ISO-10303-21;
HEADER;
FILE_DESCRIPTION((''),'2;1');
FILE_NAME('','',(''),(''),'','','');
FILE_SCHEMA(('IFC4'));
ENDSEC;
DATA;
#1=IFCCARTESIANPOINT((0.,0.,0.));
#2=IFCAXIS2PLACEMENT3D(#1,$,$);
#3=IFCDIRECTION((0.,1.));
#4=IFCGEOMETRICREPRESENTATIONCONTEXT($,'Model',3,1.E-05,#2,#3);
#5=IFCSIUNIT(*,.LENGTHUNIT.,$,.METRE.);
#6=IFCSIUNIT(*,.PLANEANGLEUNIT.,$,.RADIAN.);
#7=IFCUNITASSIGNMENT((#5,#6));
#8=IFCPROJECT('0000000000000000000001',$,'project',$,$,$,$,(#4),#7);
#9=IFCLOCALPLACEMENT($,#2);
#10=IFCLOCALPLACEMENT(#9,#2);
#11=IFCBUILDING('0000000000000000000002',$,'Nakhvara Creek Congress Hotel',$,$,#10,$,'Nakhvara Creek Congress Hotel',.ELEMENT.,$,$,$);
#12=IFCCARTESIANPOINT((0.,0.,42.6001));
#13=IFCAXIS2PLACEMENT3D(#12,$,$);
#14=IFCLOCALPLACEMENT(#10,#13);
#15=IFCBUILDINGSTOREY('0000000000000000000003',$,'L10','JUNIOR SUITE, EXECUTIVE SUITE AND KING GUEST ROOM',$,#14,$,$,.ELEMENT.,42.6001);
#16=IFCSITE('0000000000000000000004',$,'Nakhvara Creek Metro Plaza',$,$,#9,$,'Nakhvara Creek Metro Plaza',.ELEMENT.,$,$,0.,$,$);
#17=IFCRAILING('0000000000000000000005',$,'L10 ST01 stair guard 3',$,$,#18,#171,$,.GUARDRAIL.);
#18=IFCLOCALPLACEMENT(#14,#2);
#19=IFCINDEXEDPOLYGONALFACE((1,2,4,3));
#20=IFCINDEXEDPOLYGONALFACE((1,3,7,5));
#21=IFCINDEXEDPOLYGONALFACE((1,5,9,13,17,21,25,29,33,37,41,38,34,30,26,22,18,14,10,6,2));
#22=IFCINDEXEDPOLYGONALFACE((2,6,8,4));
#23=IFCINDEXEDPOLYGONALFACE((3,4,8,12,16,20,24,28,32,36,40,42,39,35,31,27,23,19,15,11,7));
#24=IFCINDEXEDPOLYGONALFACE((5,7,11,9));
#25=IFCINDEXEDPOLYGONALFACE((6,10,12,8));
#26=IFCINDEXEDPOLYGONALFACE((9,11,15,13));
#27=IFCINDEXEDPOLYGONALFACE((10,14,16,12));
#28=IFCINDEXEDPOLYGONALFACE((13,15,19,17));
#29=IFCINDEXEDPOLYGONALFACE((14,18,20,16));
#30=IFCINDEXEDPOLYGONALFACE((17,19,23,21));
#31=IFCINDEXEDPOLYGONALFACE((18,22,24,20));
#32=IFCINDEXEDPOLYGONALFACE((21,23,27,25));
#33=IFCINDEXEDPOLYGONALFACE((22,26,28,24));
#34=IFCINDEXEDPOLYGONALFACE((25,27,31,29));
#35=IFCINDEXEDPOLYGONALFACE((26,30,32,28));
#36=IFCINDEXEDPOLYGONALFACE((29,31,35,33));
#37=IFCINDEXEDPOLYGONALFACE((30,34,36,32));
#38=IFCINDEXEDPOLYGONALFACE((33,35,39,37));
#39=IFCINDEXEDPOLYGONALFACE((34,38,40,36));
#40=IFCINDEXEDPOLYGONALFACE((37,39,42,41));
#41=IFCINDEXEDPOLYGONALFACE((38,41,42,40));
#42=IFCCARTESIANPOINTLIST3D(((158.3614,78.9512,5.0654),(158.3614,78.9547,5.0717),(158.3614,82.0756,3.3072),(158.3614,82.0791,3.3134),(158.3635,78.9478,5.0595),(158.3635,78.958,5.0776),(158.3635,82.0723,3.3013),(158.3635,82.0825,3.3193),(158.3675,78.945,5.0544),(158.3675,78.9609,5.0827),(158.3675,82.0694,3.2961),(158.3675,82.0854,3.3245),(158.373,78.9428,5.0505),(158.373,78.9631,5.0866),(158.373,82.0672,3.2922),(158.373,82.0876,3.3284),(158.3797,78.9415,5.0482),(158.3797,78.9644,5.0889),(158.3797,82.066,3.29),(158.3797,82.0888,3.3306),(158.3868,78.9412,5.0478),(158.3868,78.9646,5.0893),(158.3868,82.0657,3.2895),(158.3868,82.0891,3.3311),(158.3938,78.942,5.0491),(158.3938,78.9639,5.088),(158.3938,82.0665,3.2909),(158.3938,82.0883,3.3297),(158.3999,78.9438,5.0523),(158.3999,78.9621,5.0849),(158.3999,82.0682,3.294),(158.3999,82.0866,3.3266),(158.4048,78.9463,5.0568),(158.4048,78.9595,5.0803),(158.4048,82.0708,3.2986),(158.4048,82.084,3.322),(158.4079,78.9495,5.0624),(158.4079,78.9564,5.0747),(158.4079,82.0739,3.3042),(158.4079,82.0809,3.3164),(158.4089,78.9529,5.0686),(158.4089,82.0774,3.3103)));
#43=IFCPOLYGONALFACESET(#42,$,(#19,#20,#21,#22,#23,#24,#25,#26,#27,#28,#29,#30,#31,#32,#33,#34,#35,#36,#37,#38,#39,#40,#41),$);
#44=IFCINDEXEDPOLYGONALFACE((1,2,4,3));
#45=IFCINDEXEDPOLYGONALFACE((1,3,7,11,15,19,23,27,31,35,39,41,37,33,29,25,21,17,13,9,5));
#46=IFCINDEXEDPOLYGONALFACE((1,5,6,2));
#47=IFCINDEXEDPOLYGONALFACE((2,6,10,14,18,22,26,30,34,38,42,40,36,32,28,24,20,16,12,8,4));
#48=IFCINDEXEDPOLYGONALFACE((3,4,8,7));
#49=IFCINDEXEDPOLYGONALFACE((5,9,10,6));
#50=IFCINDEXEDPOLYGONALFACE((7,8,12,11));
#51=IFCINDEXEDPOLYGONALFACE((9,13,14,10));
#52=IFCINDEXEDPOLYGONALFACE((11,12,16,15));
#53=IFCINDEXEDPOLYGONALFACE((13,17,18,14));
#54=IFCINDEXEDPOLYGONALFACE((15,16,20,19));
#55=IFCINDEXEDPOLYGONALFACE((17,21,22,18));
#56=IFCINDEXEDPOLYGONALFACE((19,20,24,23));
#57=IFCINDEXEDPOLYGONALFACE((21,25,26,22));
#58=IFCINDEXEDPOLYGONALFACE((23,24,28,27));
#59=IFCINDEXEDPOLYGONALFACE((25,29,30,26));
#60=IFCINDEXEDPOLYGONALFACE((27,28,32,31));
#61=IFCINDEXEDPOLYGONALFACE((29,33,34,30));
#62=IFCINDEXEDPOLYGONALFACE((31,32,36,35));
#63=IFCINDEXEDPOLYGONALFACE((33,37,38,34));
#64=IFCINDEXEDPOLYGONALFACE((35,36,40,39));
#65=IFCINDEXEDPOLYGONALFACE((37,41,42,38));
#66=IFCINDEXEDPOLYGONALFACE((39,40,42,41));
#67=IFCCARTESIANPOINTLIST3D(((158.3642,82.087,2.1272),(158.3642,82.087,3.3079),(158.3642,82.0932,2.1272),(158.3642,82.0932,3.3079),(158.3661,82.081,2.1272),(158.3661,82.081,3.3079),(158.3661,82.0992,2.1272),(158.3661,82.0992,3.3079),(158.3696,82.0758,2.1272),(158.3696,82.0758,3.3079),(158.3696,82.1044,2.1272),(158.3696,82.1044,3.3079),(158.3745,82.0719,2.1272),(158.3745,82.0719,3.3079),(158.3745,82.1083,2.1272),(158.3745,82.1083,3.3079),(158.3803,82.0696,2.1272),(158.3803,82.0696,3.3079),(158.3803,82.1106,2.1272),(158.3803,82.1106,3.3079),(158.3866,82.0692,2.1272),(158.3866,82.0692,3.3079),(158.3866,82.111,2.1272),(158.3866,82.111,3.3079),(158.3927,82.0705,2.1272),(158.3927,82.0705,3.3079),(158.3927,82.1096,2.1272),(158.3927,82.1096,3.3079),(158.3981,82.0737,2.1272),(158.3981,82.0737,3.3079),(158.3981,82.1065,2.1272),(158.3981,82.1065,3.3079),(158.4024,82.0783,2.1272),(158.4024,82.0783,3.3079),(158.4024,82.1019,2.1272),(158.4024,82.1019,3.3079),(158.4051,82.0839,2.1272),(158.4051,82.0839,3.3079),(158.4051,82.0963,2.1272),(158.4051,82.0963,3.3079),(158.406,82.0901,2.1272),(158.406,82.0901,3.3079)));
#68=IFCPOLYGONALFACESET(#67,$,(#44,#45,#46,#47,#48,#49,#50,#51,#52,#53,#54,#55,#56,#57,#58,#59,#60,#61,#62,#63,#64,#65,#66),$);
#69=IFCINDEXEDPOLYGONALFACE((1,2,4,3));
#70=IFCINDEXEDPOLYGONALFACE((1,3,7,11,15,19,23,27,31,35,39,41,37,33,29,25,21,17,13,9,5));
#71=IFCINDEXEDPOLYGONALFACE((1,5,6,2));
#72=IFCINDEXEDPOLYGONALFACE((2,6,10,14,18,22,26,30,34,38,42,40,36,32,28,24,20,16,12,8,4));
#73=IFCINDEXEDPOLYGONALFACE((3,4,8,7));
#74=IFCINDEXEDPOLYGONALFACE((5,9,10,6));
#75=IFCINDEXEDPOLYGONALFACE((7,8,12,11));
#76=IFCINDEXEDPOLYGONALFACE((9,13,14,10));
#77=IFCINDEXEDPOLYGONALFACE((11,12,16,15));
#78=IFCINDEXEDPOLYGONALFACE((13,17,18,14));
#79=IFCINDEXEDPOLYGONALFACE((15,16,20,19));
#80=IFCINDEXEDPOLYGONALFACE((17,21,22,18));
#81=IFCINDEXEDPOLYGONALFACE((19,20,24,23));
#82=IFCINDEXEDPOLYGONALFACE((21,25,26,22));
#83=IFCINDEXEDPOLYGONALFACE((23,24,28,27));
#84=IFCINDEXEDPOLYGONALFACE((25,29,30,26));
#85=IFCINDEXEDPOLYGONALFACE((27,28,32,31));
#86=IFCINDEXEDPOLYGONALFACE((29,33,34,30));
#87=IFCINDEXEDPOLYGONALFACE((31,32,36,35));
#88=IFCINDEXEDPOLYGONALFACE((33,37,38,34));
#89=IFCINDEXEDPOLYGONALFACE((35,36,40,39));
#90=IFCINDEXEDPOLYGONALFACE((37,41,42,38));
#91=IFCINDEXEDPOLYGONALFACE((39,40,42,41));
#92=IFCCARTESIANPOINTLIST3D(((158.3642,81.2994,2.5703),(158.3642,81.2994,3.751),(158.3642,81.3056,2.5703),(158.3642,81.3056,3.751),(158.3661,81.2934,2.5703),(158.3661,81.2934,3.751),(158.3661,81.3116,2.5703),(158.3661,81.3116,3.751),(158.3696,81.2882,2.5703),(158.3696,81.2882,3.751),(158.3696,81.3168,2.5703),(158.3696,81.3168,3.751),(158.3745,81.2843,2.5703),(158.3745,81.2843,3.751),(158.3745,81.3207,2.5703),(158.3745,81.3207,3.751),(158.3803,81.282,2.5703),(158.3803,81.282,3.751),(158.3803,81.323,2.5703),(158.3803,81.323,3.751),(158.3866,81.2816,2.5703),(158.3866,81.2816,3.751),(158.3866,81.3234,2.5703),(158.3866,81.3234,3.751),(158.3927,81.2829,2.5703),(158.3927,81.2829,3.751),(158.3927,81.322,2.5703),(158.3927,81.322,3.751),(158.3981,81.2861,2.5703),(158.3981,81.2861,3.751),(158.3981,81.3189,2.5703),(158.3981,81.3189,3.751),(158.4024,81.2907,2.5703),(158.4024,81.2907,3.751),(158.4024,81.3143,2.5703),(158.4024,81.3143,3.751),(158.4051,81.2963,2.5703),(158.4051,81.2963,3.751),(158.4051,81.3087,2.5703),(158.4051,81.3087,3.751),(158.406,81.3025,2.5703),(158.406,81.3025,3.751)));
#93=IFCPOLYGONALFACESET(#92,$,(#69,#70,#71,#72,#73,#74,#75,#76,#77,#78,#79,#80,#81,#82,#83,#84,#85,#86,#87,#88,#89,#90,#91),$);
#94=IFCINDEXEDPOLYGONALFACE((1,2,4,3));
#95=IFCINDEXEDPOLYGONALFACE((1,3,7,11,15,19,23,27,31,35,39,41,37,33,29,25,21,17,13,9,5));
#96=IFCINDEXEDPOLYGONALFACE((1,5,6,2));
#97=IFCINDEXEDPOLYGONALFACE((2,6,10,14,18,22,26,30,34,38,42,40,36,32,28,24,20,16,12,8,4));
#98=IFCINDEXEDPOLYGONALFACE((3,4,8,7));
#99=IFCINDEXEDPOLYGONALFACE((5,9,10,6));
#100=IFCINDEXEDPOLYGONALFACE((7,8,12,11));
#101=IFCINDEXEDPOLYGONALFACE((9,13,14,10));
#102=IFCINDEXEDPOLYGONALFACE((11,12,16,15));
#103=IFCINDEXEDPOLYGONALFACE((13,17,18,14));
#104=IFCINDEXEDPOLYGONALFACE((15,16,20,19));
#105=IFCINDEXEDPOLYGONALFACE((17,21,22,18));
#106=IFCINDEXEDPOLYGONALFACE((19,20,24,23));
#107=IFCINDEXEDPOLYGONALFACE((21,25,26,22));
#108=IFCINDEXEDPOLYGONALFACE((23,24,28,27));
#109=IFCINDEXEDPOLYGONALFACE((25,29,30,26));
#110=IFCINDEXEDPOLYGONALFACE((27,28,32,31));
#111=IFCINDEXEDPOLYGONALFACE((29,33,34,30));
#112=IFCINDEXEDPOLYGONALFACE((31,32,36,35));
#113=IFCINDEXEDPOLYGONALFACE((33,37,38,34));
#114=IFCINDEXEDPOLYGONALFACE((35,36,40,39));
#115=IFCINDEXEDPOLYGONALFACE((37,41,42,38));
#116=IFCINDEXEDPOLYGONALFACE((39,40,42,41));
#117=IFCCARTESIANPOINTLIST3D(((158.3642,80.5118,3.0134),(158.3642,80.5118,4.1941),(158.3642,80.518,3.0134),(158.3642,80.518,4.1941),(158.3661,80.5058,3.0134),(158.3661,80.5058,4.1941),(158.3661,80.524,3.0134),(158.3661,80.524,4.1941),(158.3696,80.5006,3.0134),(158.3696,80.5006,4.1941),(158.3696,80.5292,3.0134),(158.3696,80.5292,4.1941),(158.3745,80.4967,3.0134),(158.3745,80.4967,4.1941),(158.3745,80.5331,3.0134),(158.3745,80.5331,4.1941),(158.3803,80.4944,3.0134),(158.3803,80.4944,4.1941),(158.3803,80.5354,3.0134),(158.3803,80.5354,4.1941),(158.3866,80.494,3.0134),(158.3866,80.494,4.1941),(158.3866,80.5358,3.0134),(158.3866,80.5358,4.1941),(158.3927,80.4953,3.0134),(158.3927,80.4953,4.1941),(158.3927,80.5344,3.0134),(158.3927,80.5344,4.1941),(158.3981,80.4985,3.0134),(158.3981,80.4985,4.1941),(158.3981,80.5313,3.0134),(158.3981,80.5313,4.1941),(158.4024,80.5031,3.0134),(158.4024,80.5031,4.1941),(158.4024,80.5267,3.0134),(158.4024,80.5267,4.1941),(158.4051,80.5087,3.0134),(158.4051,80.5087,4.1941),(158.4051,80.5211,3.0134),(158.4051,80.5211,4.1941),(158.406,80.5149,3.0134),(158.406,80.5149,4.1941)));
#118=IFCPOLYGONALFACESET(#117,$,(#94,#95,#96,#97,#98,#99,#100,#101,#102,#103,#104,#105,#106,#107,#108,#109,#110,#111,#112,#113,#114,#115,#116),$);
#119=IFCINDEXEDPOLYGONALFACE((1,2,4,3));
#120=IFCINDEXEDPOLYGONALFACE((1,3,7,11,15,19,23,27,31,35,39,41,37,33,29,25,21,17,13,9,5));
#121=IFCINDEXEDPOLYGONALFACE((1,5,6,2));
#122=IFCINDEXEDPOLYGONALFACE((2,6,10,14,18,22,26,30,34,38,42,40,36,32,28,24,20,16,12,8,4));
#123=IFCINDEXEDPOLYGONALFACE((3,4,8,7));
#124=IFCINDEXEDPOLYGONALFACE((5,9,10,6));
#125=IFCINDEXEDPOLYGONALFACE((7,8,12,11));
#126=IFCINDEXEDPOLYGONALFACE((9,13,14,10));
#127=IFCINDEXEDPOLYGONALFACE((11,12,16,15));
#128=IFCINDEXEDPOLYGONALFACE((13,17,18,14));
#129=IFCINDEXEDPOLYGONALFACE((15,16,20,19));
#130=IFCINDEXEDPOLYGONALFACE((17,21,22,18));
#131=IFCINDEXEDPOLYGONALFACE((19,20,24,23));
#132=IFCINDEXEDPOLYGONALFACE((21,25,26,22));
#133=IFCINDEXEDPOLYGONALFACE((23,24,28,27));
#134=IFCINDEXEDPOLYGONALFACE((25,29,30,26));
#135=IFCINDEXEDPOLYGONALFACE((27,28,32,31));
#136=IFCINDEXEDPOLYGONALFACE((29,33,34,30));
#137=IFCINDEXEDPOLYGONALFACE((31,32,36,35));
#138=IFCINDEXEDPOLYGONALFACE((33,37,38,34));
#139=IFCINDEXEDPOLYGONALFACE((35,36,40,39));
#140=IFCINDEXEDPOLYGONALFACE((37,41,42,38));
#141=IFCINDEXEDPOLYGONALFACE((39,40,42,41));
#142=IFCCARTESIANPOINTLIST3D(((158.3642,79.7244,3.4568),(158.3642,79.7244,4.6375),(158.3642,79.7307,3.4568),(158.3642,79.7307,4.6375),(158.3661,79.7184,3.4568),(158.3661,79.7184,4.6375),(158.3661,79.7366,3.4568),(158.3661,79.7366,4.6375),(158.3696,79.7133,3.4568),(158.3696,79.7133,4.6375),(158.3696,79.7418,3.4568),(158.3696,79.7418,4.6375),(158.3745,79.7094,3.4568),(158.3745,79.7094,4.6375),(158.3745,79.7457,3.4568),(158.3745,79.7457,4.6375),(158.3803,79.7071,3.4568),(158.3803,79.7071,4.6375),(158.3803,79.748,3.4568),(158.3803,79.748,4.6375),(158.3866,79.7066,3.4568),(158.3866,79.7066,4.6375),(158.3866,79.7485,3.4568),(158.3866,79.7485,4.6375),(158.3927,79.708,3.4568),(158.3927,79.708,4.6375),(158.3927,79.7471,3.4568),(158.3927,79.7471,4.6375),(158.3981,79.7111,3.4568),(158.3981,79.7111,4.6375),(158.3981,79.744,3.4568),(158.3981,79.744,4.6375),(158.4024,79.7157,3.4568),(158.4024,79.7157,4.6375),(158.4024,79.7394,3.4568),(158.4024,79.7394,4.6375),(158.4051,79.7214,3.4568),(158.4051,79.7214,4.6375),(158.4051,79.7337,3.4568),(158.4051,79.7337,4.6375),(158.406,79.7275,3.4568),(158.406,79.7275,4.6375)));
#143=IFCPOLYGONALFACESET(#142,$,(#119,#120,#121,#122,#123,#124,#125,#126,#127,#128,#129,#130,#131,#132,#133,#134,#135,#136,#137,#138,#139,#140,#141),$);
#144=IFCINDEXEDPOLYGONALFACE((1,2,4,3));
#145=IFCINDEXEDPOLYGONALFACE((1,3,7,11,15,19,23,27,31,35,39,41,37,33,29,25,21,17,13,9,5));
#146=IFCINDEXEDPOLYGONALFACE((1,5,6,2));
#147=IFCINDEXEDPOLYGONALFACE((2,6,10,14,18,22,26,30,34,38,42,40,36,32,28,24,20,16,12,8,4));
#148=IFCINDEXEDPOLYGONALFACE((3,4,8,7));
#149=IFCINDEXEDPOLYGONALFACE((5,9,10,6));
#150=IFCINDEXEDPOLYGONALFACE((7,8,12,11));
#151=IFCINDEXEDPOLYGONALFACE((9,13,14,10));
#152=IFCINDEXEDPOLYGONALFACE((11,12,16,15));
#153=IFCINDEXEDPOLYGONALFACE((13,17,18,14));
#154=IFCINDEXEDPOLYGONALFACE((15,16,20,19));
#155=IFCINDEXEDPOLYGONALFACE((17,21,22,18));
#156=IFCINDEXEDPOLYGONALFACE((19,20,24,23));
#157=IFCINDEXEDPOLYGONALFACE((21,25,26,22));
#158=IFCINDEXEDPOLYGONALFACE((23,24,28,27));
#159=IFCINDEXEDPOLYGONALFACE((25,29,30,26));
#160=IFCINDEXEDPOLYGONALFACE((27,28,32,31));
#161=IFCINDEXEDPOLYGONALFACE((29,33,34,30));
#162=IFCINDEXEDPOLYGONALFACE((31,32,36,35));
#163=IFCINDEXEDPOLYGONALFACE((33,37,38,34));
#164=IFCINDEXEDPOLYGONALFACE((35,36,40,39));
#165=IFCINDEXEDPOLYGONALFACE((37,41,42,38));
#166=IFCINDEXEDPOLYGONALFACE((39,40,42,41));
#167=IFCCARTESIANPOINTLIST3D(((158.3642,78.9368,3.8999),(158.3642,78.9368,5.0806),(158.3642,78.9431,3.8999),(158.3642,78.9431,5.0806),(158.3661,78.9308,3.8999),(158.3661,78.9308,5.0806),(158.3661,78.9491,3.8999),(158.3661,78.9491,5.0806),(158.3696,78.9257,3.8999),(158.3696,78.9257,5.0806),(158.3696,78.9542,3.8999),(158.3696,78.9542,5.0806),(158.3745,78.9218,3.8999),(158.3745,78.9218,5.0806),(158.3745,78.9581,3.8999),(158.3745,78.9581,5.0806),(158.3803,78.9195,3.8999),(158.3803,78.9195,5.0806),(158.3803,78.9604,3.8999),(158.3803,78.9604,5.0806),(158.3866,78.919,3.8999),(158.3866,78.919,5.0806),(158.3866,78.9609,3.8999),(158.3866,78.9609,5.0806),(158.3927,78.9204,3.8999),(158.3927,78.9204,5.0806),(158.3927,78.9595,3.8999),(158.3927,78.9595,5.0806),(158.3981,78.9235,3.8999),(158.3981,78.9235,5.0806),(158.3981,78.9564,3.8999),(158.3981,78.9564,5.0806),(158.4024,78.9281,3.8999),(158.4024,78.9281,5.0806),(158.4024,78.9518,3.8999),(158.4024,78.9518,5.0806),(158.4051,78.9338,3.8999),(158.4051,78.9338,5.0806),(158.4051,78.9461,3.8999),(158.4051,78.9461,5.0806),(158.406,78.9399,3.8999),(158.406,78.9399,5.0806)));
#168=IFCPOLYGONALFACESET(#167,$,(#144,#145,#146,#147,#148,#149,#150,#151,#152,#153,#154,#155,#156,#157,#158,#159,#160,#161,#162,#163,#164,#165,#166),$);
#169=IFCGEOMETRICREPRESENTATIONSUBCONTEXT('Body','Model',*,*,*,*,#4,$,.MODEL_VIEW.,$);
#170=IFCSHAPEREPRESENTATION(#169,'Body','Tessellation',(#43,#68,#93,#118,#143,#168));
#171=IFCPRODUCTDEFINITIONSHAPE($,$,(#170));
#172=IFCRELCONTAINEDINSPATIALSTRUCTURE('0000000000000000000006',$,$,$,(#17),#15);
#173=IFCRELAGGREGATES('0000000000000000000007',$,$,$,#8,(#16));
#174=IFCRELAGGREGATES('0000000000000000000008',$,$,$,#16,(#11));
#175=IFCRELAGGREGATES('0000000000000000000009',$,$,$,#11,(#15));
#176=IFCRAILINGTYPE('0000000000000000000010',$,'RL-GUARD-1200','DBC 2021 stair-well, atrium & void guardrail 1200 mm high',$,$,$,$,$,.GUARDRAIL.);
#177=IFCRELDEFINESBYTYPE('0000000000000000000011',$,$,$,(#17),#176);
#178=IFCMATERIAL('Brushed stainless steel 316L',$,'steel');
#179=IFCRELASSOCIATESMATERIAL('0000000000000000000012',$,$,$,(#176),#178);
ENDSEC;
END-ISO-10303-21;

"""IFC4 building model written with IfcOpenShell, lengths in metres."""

from ifc_helpers import new_model, si_unit, direction, frame, origin, origin_2d, place, context, subcontext, project, spatial, circle, extrude, material, type_object, element, save


model = new_model("IFC4")

# Units and contexts
model_context = context("Model", 3, precision=1e-05, world=origin(), true_north=direction((0.0, 1.0)))
body_context = subcontext(model_context, "Body", "Model", "MODEL_VIEW")
ifc_project = project(units=[si_unit("LENGTHUNIT", "METRE"), si_unit("PLANEANGLEUNIT", "RADIAN")], contexts=[model_context])

# Site, building, storey
site_placement = place(None, origin())
site = spatial("IfcSite", under=ifc_project, at=site_placement, Name="Nakhvara Creek Metro Plaza", LongName="Nakhvara Creek Metro Plaza", CompositionType="ELEMENT", RefElevation=0.0)
building_placement = place(site_placement, origin())
building = spatial("IfcBuilding", under=site, at=building_placement, Name="Nakhvara Creek Congress Hotel", LongName="Nakhvara Creek Congress Hotel", CompositionType="ELEMENT")
storey_placement = place(building_placement, frame((0.0, 0.0, 42.6001)))
storey = spatial("IfcBuildingStorey", under=building, at=storey_placement, Name="L10", Description="JUNIOR SUITE, EXECUTIVE SUITE AND KING GUEST ROOM", CompositionType="ELEMENT", Elevation=42.6001)

# Railing
ifc_material_1 = material(Name="Brushed stainless steel 316L", Category="steel")
railing_type_1 = type_object("IfcRailingType", Name="RL-GUARD-1200", Description="DBC 2021 stair-well, atrium & void guardrail 1200 mm high", PredefinedType="GUARDRAIL", material=ifc_material_1)
railing_1_placement = place(storey_placement, frame((158.385, 82.0901, 2.1272)))
element("IfcRailing", 1, at=railing_1_placement, inside=storey, type_object=railing_type_1, Name="L10 ST01 stair guard 3", PredefinedType="GUARDRAIL", context=body_context, shape_type="SweptSolid", body=[
    extrude(circle(Radius=0.0239, at=origin_2d()), frame((0.0, -0.0127, 1.1831), z_axis=(0.0, -0.871487, 0.490418), x_axis=(1.0, 0.0, 0.0)), (0.0, 0.0, 1.0), 3.5852),
    extrude(circle(Radius=0.021, at=origin_2d()), origin(), (0.0, 0.0, 1.0), 1.1807),
    extrude(circle(Radius=0.021, at=origin_2d()), frame((0.0, -0.7876, 0.4431)), (0.0, 0.0, 1.0), 1.1807),
    extrude(circle(Radius=0.021, at=origin_2d()), frame((0.0, -1.5752, 0.8862)), (0.0, 0.0, 1.0), 1.1807),
    extrude(circle(Radius=0.021, at=origin_2d()), frame((0.0, -2.3625, 1.3296)), (0.0, 0.0, 1.0), 1.1807),
    extrude(circle(Radius=0.021, at=origin_2d()), frame((0.0, -3.1501, 1.7727)), (0.0, 0.0, 1.0), 1.1807),
])

save(model, "model.ifc")
